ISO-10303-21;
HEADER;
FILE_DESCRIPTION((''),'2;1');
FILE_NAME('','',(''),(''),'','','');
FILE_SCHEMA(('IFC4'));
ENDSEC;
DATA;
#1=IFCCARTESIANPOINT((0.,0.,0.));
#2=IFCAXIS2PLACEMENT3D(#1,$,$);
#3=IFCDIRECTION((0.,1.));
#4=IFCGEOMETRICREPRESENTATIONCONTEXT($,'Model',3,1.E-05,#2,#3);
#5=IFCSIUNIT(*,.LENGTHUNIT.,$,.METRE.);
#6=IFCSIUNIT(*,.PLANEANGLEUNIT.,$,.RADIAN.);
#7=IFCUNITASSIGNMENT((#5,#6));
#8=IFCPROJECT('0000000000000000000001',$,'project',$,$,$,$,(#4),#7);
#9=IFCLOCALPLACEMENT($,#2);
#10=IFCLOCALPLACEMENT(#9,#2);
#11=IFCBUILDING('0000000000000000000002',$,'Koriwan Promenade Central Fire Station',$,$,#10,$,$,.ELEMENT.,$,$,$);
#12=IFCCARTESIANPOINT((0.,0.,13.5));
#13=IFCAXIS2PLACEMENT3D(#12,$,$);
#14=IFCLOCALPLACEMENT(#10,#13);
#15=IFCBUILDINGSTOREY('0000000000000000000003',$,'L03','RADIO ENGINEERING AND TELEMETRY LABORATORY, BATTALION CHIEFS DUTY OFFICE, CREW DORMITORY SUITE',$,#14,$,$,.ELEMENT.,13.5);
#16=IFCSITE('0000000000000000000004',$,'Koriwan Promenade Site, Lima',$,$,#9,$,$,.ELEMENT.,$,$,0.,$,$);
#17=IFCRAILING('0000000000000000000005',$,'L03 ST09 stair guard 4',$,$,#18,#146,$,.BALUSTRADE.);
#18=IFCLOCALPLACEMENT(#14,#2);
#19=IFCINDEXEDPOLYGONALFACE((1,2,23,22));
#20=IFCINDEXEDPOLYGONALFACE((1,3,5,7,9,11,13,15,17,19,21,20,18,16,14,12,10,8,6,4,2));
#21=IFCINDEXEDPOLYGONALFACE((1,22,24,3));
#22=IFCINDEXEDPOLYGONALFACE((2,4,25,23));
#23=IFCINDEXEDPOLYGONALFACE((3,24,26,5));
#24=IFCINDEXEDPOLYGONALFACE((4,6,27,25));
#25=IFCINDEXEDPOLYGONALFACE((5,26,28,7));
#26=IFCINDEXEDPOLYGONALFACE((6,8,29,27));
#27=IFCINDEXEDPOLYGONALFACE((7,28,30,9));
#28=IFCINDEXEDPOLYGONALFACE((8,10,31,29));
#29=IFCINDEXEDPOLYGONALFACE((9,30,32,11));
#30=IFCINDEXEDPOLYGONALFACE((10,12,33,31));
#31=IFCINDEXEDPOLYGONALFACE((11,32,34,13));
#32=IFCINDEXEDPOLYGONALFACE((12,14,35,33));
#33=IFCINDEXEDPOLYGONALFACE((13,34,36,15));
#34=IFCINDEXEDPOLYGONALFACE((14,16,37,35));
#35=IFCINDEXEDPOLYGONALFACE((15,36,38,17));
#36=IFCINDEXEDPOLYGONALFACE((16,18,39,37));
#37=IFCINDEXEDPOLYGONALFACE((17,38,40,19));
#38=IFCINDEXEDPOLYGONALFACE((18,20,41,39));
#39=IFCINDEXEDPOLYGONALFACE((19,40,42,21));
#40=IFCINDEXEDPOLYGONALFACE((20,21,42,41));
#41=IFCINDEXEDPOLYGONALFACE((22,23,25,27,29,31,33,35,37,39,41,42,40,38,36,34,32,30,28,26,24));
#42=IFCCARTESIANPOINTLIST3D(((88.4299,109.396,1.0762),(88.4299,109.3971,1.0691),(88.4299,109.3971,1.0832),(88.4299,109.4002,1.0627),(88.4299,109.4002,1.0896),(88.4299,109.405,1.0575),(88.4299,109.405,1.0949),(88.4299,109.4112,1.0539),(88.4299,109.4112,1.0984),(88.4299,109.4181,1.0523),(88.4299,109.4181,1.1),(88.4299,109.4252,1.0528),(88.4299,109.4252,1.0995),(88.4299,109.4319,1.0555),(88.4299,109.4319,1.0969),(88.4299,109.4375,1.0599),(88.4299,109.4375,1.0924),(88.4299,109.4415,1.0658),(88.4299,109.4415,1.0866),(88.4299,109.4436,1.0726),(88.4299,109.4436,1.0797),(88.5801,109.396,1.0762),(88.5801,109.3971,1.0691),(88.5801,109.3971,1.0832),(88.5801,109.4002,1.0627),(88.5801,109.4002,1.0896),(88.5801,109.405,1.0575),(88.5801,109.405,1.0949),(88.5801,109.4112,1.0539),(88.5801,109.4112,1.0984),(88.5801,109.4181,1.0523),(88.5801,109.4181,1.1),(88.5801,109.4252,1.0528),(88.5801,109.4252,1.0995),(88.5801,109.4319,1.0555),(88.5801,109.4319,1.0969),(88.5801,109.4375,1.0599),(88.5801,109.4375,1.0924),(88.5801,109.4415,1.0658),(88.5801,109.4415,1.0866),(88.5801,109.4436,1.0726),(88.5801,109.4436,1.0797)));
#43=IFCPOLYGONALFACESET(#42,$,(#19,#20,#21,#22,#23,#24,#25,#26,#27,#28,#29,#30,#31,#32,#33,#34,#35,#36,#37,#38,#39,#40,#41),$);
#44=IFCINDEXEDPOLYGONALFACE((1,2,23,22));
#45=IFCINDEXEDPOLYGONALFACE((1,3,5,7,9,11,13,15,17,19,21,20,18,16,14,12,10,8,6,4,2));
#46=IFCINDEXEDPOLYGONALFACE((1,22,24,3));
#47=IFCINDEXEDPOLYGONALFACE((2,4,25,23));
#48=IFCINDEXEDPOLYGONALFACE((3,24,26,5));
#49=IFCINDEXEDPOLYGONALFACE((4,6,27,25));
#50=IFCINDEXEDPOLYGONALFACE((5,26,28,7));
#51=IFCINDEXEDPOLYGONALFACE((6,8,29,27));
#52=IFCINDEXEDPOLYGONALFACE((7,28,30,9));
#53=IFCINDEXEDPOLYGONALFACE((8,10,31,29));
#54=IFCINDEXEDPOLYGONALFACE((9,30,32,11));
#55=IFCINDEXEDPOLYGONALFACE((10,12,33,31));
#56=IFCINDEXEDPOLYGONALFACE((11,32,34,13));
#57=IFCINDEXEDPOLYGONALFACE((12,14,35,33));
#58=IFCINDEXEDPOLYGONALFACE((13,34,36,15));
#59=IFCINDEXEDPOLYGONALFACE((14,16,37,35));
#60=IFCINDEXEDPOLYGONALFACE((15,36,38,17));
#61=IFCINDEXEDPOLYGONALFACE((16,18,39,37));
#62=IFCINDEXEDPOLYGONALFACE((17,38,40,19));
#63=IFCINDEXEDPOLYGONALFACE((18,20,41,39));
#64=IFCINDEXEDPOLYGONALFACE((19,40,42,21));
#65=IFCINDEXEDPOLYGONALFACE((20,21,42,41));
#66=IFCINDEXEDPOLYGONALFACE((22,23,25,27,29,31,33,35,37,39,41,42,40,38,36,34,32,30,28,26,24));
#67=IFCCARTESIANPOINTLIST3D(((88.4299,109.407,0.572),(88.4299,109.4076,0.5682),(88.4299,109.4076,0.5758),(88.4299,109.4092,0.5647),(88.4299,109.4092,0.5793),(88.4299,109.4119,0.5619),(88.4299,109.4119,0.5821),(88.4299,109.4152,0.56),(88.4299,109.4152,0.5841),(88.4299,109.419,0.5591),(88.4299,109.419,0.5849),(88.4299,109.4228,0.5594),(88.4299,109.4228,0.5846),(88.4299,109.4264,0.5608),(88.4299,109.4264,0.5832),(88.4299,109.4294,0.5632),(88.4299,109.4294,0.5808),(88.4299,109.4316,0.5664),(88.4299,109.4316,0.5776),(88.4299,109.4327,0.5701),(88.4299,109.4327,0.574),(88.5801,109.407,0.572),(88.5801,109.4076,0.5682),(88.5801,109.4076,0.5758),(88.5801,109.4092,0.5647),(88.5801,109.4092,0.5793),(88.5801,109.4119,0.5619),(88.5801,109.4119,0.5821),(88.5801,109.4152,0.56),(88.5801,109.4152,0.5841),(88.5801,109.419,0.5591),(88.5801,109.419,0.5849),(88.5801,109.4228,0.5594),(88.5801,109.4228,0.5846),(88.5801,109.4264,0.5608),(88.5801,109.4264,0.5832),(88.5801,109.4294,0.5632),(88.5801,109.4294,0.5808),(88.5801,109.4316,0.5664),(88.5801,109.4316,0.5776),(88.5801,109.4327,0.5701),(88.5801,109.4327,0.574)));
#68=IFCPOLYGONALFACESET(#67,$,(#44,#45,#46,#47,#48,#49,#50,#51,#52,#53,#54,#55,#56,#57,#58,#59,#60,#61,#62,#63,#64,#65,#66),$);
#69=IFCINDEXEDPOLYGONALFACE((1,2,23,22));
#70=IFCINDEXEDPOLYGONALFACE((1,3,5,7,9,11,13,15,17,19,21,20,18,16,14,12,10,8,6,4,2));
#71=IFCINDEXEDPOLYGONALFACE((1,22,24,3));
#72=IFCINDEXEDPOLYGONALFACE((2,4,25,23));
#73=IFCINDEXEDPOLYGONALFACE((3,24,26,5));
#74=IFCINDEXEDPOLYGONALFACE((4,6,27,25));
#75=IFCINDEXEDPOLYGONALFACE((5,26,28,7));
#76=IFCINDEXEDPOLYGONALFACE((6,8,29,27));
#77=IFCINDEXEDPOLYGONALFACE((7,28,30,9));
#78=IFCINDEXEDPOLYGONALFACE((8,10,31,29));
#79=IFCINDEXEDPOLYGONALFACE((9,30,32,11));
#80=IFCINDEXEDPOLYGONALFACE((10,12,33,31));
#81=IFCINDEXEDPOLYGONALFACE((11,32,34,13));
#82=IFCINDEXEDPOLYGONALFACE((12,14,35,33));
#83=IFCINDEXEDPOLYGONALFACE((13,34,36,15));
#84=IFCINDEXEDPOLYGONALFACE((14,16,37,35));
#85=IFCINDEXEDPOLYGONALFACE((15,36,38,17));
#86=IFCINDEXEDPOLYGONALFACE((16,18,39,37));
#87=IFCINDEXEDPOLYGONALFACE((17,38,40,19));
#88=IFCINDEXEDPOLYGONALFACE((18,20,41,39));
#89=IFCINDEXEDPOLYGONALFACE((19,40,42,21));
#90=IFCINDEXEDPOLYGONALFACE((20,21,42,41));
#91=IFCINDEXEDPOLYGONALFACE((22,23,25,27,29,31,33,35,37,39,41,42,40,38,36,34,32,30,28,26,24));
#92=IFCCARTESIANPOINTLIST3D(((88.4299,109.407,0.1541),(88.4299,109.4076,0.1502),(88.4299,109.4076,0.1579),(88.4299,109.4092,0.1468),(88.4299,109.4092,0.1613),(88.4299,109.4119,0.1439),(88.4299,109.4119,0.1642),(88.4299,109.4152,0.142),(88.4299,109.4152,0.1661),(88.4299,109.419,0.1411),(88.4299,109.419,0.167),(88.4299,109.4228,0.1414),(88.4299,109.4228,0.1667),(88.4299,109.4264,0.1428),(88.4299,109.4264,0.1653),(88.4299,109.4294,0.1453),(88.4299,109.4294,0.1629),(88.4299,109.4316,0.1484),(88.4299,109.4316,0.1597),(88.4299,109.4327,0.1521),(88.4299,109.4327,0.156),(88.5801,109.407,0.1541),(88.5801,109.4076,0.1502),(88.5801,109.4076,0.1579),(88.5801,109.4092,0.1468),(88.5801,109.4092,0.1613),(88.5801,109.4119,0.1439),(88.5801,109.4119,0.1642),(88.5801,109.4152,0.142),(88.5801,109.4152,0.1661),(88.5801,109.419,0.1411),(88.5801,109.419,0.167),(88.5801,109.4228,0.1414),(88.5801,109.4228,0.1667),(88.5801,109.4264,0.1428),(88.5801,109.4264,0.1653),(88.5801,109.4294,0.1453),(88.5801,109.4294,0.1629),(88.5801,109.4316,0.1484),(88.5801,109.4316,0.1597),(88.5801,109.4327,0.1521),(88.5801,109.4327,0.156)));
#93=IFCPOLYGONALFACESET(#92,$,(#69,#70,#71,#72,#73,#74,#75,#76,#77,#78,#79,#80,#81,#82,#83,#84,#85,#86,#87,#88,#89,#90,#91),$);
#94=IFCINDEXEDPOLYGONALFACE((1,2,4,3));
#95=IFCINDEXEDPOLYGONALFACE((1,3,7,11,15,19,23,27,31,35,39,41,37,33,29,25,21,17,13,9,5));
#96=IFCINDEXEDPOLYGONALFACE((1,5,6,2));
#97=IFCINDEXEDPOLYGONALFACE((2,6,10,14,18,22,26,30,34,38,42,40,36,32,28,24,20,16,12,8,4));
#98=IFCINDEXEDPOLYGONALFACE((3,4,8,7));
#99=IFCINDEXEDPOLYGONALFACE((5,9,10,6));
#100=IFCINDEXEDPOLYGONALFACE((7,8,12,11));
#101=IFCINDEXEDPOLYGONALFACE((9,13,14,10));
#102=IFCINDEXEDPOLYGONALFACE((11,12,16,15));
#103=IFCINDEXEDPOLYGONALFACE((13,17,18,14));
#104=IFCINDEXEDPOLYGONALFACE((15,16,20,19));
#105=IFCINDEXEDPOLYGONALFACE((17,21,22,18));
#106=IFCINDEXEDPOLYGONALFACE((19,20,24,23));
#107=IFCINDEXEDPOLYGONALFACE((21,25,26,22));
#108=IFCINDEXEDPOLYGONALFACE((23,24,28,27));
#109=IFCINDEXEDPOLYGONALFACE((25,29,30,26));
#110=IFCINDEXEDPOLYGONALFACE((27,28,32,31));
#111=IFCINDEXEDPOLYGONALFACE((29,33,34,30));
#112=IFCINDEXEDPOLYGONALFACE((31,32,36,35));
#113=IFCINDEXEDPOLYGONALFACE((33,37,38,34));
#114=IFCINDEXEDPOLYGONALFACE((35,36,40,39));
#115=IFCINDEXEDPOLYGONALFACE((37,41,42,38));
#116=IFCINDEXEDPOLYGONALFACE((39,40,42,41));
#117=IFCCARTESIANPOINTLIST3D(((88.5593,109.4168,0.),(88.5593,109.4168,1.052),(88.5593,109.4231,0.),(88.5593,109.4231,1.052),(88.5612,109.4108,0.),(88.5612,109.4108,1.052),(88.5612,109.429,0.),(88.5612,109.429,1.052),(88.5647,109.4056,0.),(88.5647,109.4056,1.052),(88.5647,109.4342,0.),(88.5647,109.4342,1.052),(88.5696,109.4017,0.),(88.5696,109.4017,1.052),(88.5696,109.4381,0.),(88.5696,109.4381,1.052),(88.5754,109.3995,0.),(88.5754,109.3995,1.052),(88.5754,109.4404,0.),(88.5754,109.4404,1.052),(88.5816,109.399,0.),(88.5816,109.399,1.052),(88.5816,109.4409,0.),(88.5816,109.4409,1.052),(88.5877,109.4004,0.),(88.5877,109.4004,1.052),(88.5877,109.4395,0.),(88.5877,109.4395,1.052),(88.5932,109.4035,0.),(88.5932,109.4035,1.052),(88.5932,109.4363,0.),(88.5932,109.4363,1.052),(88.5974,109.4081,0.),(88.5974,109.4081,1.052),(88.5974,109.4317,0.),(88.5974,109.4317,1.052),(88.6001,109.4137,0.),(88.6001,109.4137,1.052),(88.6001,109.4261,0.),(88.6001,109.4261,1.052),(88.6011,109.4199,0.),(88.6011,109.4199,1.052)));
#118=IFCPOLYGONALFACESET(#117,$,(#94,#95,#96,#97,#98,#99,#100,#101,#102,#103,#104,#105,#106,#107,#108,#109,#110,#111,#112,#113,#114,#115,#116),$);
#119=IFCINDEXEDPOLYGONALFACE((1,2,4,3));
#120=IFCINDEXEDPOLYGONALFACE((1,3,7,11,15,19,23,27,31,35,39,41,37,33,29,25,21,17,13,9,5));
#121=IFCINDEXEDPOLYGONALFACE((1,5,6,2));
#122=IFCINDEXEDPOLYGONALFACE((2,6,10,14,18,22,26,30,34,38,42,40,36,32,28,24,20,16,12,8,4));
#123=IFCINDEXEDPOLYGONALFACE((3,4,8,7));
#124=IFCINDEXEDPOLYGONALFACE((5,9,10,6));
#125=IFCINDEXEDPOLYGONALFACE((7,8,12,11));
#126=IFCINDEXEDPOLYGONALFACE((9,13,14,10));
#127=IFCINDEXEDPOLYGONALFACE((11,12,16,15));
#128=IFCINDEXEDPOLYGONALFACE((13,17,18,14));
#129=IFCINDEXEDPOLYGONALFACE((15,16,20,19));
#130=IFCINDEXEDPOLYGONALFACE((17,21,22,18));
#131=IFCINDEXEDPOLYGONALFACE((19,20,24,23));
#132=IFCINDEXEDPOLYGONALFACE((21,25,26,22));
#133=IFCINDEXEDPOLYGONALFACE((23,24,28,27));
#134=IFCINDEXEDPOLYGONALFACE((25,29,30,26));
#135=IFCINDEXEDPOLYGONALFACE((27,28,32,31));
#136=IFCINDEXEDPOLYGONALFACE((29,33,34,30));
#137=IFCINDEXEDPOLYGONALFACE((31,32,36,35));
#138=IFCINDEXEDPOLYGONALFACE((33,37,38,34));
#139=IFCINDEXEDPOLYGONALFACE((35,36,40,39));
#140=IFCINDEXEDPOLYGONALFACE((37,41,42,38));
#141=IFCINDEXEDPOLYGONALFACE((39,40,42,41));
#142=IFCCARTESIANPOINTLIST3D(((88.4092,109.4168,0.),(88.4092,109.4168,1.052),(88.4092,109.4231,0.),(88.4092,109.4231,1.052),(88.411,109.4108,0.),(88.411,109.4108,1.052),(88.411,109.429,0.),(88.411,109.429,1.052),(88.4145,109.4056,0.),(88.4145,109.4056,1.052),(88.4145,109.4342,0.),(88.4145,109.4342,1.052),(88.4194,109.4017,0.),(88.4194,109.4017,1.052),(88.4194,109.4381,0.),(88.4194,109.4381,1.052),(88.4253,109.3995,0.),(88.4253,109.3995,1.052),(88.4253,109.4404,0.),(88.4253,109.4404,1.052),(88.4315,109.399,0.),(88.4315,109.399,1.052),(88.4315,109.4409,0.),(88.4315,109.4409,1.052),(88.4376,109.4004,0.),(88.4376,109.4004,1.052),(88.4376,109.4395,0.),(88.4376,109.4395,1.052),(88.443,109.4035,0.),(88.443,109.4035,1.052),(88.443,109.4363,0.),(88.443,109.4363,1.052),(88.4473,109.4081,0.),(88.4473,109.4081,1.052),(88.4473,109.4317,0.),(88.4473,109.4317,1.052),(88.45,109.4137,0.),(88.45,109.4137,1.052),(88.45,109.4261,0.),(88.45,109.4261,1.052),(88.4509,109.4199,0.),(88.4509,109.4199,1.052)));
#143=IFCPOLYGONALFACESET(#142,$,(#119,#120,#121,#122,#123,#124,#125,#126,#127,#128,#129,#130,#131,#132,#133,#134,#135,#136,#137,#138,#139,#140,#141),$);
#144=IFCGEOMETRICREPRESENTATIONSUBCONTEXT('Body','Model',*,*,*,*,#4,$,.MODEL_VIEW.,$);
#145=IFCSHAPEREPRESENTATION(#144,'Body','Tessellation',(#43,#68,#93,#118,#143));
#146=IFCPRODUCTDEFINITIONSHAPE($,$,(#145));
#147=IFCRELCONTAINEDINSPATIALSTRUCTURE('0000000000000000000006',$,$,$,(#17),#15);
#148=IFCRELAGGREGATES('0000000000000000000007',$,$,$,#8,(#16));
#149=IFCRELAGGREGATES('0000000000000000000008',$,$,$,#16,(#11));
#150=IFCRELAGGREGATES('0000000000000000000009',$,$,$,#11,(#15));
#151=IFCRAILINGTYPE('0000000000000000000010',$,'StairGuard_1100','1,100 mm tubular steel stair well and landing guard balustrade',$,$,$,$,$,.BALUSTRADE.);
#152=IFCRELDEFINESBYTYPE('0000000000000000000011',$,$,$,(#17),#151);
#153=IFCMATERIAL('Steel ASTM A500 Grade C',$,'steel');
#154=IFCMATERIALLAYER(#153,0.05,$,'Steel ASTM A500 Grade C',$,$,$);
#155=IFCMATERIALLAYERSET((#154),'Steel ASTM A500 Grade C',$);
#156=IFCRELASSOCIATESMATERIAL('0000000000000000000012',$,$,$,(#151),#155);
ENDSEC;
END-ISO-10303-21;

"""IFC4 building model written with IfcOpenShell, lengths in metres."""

from ifc_helpers import new_model, si_unit, direction, frame, origin, origin_2d, place, context, subcontext, project, spatial, circle, extrude, material, layer, layer_set, type_object, element, save


model = new_model("IFC4")

# Units and contexts
model_context = context("Model", 3, precision=1e-05, world=origin(), true_north=direction((0.0, 1.0)))
body_context = subcontext(model_context, "Body", "Model", "MODEL_VIEW")
ifc_project = project(units=[si_unit("LENGTHUNIT", "METRE"), si_unit("PLANEANGLEUNIT", "RADIAN")], contexts=[model_context])

# Site, building, storey
site_placement = place(None, origin())
site = spatial("IfcSite", under=ifc_project, at=site_placement, Name="Koriwan Promenade Site, Lima", CompositionType="ELEMENT", RefElevation=0.0)
building_placement = place(site_placement, origin())
building = spatial("IfcBuilding", under=site, at=building_placement, Name="Koriwan Promenade Central Fire Station", CompositionType="ELEMENT")
storey_placement = place(building_placement, frame((0.0, 0.0, 13.5)))
storey = spatial("IfcBuildingStorey", under=building, at=storey_placement, Name="L03", Description="RADIO ENGINEERING AND TELEMETRY LABORATORY, BATTALION CHIEFS DUTY OFFICE, CREW DORMITORY SUITE", CompositionType="ELEMENT", Elevation=13.5)

# Railing
ifc_material_1 = material(Name="Steel ASTM A500 Grade C", Category="steel")
ifc_layer_1 = layer(ifc_material_1, 0.05, Name="Steel ASTM A500 Grade C")
ifc_layer_set_1 = layer_set([ifc_layer_1], Name="Steel ASTM A500 Grade C")
railing_type_1 = type_object("IfcRailingType", Name="StairGuard_1100", Description="1,100 mm tubular steel stair well and landing guard balustrade", PredefinedType="BALUSTRADE", material=ifc_layer_set_1)
railing_1_placement = place(storey_placement, frame((88.5801, 109.4199, 0.0)))
element("IfcRailing", 1, at=railing_1_placement, inside=storey, type_object=railing_type_1, Name="L03 ST09 stair guard 4", PredefinedType="BALUSTRADE", context=body_context, shape_type="SweptSolid", body=[
    extrude(circle(Radius=0.0239, at=origin_2d()), frame((0.0, 0.0, 1.0762), z_axis=(-1.0, 0.0, 0.0), x_axis=(0.0, -1.0, 0.0)), (0.0, 0.0, 1.0), 0.1501),
    extrude(circle(Radius=0.0129, at=origin_2d()), frame((0.0, 0.0, 0.572), z_axis=(-1.0, 0.0, 0.0), x_axis=(0.0, -1.0, 0.0)), (0.0, 0.0, 1.0), 0.1501),
    extrude(circle(Radius=0.0129, at=origin_2d()), frame((0.0, 0.0, 0.1541), z_axis=(-1.0, 0.0, 0.0), x_axis=(0.0, -1.0, 0.0)), (0.0, 0.0, 1.0), 0.1501),
    extrude(circle(Radius=0.021, at=origin_2d()), origin(), (0.0, 0.0, 1.0), 1.052),
    extrude(circle(Radius=0.021, at=origin_2d()), frame((-0.1501, 0.0, 0.0)), (0.0, 0.0, 1.0), 1.052),
])

save(model, "model.ifc")
